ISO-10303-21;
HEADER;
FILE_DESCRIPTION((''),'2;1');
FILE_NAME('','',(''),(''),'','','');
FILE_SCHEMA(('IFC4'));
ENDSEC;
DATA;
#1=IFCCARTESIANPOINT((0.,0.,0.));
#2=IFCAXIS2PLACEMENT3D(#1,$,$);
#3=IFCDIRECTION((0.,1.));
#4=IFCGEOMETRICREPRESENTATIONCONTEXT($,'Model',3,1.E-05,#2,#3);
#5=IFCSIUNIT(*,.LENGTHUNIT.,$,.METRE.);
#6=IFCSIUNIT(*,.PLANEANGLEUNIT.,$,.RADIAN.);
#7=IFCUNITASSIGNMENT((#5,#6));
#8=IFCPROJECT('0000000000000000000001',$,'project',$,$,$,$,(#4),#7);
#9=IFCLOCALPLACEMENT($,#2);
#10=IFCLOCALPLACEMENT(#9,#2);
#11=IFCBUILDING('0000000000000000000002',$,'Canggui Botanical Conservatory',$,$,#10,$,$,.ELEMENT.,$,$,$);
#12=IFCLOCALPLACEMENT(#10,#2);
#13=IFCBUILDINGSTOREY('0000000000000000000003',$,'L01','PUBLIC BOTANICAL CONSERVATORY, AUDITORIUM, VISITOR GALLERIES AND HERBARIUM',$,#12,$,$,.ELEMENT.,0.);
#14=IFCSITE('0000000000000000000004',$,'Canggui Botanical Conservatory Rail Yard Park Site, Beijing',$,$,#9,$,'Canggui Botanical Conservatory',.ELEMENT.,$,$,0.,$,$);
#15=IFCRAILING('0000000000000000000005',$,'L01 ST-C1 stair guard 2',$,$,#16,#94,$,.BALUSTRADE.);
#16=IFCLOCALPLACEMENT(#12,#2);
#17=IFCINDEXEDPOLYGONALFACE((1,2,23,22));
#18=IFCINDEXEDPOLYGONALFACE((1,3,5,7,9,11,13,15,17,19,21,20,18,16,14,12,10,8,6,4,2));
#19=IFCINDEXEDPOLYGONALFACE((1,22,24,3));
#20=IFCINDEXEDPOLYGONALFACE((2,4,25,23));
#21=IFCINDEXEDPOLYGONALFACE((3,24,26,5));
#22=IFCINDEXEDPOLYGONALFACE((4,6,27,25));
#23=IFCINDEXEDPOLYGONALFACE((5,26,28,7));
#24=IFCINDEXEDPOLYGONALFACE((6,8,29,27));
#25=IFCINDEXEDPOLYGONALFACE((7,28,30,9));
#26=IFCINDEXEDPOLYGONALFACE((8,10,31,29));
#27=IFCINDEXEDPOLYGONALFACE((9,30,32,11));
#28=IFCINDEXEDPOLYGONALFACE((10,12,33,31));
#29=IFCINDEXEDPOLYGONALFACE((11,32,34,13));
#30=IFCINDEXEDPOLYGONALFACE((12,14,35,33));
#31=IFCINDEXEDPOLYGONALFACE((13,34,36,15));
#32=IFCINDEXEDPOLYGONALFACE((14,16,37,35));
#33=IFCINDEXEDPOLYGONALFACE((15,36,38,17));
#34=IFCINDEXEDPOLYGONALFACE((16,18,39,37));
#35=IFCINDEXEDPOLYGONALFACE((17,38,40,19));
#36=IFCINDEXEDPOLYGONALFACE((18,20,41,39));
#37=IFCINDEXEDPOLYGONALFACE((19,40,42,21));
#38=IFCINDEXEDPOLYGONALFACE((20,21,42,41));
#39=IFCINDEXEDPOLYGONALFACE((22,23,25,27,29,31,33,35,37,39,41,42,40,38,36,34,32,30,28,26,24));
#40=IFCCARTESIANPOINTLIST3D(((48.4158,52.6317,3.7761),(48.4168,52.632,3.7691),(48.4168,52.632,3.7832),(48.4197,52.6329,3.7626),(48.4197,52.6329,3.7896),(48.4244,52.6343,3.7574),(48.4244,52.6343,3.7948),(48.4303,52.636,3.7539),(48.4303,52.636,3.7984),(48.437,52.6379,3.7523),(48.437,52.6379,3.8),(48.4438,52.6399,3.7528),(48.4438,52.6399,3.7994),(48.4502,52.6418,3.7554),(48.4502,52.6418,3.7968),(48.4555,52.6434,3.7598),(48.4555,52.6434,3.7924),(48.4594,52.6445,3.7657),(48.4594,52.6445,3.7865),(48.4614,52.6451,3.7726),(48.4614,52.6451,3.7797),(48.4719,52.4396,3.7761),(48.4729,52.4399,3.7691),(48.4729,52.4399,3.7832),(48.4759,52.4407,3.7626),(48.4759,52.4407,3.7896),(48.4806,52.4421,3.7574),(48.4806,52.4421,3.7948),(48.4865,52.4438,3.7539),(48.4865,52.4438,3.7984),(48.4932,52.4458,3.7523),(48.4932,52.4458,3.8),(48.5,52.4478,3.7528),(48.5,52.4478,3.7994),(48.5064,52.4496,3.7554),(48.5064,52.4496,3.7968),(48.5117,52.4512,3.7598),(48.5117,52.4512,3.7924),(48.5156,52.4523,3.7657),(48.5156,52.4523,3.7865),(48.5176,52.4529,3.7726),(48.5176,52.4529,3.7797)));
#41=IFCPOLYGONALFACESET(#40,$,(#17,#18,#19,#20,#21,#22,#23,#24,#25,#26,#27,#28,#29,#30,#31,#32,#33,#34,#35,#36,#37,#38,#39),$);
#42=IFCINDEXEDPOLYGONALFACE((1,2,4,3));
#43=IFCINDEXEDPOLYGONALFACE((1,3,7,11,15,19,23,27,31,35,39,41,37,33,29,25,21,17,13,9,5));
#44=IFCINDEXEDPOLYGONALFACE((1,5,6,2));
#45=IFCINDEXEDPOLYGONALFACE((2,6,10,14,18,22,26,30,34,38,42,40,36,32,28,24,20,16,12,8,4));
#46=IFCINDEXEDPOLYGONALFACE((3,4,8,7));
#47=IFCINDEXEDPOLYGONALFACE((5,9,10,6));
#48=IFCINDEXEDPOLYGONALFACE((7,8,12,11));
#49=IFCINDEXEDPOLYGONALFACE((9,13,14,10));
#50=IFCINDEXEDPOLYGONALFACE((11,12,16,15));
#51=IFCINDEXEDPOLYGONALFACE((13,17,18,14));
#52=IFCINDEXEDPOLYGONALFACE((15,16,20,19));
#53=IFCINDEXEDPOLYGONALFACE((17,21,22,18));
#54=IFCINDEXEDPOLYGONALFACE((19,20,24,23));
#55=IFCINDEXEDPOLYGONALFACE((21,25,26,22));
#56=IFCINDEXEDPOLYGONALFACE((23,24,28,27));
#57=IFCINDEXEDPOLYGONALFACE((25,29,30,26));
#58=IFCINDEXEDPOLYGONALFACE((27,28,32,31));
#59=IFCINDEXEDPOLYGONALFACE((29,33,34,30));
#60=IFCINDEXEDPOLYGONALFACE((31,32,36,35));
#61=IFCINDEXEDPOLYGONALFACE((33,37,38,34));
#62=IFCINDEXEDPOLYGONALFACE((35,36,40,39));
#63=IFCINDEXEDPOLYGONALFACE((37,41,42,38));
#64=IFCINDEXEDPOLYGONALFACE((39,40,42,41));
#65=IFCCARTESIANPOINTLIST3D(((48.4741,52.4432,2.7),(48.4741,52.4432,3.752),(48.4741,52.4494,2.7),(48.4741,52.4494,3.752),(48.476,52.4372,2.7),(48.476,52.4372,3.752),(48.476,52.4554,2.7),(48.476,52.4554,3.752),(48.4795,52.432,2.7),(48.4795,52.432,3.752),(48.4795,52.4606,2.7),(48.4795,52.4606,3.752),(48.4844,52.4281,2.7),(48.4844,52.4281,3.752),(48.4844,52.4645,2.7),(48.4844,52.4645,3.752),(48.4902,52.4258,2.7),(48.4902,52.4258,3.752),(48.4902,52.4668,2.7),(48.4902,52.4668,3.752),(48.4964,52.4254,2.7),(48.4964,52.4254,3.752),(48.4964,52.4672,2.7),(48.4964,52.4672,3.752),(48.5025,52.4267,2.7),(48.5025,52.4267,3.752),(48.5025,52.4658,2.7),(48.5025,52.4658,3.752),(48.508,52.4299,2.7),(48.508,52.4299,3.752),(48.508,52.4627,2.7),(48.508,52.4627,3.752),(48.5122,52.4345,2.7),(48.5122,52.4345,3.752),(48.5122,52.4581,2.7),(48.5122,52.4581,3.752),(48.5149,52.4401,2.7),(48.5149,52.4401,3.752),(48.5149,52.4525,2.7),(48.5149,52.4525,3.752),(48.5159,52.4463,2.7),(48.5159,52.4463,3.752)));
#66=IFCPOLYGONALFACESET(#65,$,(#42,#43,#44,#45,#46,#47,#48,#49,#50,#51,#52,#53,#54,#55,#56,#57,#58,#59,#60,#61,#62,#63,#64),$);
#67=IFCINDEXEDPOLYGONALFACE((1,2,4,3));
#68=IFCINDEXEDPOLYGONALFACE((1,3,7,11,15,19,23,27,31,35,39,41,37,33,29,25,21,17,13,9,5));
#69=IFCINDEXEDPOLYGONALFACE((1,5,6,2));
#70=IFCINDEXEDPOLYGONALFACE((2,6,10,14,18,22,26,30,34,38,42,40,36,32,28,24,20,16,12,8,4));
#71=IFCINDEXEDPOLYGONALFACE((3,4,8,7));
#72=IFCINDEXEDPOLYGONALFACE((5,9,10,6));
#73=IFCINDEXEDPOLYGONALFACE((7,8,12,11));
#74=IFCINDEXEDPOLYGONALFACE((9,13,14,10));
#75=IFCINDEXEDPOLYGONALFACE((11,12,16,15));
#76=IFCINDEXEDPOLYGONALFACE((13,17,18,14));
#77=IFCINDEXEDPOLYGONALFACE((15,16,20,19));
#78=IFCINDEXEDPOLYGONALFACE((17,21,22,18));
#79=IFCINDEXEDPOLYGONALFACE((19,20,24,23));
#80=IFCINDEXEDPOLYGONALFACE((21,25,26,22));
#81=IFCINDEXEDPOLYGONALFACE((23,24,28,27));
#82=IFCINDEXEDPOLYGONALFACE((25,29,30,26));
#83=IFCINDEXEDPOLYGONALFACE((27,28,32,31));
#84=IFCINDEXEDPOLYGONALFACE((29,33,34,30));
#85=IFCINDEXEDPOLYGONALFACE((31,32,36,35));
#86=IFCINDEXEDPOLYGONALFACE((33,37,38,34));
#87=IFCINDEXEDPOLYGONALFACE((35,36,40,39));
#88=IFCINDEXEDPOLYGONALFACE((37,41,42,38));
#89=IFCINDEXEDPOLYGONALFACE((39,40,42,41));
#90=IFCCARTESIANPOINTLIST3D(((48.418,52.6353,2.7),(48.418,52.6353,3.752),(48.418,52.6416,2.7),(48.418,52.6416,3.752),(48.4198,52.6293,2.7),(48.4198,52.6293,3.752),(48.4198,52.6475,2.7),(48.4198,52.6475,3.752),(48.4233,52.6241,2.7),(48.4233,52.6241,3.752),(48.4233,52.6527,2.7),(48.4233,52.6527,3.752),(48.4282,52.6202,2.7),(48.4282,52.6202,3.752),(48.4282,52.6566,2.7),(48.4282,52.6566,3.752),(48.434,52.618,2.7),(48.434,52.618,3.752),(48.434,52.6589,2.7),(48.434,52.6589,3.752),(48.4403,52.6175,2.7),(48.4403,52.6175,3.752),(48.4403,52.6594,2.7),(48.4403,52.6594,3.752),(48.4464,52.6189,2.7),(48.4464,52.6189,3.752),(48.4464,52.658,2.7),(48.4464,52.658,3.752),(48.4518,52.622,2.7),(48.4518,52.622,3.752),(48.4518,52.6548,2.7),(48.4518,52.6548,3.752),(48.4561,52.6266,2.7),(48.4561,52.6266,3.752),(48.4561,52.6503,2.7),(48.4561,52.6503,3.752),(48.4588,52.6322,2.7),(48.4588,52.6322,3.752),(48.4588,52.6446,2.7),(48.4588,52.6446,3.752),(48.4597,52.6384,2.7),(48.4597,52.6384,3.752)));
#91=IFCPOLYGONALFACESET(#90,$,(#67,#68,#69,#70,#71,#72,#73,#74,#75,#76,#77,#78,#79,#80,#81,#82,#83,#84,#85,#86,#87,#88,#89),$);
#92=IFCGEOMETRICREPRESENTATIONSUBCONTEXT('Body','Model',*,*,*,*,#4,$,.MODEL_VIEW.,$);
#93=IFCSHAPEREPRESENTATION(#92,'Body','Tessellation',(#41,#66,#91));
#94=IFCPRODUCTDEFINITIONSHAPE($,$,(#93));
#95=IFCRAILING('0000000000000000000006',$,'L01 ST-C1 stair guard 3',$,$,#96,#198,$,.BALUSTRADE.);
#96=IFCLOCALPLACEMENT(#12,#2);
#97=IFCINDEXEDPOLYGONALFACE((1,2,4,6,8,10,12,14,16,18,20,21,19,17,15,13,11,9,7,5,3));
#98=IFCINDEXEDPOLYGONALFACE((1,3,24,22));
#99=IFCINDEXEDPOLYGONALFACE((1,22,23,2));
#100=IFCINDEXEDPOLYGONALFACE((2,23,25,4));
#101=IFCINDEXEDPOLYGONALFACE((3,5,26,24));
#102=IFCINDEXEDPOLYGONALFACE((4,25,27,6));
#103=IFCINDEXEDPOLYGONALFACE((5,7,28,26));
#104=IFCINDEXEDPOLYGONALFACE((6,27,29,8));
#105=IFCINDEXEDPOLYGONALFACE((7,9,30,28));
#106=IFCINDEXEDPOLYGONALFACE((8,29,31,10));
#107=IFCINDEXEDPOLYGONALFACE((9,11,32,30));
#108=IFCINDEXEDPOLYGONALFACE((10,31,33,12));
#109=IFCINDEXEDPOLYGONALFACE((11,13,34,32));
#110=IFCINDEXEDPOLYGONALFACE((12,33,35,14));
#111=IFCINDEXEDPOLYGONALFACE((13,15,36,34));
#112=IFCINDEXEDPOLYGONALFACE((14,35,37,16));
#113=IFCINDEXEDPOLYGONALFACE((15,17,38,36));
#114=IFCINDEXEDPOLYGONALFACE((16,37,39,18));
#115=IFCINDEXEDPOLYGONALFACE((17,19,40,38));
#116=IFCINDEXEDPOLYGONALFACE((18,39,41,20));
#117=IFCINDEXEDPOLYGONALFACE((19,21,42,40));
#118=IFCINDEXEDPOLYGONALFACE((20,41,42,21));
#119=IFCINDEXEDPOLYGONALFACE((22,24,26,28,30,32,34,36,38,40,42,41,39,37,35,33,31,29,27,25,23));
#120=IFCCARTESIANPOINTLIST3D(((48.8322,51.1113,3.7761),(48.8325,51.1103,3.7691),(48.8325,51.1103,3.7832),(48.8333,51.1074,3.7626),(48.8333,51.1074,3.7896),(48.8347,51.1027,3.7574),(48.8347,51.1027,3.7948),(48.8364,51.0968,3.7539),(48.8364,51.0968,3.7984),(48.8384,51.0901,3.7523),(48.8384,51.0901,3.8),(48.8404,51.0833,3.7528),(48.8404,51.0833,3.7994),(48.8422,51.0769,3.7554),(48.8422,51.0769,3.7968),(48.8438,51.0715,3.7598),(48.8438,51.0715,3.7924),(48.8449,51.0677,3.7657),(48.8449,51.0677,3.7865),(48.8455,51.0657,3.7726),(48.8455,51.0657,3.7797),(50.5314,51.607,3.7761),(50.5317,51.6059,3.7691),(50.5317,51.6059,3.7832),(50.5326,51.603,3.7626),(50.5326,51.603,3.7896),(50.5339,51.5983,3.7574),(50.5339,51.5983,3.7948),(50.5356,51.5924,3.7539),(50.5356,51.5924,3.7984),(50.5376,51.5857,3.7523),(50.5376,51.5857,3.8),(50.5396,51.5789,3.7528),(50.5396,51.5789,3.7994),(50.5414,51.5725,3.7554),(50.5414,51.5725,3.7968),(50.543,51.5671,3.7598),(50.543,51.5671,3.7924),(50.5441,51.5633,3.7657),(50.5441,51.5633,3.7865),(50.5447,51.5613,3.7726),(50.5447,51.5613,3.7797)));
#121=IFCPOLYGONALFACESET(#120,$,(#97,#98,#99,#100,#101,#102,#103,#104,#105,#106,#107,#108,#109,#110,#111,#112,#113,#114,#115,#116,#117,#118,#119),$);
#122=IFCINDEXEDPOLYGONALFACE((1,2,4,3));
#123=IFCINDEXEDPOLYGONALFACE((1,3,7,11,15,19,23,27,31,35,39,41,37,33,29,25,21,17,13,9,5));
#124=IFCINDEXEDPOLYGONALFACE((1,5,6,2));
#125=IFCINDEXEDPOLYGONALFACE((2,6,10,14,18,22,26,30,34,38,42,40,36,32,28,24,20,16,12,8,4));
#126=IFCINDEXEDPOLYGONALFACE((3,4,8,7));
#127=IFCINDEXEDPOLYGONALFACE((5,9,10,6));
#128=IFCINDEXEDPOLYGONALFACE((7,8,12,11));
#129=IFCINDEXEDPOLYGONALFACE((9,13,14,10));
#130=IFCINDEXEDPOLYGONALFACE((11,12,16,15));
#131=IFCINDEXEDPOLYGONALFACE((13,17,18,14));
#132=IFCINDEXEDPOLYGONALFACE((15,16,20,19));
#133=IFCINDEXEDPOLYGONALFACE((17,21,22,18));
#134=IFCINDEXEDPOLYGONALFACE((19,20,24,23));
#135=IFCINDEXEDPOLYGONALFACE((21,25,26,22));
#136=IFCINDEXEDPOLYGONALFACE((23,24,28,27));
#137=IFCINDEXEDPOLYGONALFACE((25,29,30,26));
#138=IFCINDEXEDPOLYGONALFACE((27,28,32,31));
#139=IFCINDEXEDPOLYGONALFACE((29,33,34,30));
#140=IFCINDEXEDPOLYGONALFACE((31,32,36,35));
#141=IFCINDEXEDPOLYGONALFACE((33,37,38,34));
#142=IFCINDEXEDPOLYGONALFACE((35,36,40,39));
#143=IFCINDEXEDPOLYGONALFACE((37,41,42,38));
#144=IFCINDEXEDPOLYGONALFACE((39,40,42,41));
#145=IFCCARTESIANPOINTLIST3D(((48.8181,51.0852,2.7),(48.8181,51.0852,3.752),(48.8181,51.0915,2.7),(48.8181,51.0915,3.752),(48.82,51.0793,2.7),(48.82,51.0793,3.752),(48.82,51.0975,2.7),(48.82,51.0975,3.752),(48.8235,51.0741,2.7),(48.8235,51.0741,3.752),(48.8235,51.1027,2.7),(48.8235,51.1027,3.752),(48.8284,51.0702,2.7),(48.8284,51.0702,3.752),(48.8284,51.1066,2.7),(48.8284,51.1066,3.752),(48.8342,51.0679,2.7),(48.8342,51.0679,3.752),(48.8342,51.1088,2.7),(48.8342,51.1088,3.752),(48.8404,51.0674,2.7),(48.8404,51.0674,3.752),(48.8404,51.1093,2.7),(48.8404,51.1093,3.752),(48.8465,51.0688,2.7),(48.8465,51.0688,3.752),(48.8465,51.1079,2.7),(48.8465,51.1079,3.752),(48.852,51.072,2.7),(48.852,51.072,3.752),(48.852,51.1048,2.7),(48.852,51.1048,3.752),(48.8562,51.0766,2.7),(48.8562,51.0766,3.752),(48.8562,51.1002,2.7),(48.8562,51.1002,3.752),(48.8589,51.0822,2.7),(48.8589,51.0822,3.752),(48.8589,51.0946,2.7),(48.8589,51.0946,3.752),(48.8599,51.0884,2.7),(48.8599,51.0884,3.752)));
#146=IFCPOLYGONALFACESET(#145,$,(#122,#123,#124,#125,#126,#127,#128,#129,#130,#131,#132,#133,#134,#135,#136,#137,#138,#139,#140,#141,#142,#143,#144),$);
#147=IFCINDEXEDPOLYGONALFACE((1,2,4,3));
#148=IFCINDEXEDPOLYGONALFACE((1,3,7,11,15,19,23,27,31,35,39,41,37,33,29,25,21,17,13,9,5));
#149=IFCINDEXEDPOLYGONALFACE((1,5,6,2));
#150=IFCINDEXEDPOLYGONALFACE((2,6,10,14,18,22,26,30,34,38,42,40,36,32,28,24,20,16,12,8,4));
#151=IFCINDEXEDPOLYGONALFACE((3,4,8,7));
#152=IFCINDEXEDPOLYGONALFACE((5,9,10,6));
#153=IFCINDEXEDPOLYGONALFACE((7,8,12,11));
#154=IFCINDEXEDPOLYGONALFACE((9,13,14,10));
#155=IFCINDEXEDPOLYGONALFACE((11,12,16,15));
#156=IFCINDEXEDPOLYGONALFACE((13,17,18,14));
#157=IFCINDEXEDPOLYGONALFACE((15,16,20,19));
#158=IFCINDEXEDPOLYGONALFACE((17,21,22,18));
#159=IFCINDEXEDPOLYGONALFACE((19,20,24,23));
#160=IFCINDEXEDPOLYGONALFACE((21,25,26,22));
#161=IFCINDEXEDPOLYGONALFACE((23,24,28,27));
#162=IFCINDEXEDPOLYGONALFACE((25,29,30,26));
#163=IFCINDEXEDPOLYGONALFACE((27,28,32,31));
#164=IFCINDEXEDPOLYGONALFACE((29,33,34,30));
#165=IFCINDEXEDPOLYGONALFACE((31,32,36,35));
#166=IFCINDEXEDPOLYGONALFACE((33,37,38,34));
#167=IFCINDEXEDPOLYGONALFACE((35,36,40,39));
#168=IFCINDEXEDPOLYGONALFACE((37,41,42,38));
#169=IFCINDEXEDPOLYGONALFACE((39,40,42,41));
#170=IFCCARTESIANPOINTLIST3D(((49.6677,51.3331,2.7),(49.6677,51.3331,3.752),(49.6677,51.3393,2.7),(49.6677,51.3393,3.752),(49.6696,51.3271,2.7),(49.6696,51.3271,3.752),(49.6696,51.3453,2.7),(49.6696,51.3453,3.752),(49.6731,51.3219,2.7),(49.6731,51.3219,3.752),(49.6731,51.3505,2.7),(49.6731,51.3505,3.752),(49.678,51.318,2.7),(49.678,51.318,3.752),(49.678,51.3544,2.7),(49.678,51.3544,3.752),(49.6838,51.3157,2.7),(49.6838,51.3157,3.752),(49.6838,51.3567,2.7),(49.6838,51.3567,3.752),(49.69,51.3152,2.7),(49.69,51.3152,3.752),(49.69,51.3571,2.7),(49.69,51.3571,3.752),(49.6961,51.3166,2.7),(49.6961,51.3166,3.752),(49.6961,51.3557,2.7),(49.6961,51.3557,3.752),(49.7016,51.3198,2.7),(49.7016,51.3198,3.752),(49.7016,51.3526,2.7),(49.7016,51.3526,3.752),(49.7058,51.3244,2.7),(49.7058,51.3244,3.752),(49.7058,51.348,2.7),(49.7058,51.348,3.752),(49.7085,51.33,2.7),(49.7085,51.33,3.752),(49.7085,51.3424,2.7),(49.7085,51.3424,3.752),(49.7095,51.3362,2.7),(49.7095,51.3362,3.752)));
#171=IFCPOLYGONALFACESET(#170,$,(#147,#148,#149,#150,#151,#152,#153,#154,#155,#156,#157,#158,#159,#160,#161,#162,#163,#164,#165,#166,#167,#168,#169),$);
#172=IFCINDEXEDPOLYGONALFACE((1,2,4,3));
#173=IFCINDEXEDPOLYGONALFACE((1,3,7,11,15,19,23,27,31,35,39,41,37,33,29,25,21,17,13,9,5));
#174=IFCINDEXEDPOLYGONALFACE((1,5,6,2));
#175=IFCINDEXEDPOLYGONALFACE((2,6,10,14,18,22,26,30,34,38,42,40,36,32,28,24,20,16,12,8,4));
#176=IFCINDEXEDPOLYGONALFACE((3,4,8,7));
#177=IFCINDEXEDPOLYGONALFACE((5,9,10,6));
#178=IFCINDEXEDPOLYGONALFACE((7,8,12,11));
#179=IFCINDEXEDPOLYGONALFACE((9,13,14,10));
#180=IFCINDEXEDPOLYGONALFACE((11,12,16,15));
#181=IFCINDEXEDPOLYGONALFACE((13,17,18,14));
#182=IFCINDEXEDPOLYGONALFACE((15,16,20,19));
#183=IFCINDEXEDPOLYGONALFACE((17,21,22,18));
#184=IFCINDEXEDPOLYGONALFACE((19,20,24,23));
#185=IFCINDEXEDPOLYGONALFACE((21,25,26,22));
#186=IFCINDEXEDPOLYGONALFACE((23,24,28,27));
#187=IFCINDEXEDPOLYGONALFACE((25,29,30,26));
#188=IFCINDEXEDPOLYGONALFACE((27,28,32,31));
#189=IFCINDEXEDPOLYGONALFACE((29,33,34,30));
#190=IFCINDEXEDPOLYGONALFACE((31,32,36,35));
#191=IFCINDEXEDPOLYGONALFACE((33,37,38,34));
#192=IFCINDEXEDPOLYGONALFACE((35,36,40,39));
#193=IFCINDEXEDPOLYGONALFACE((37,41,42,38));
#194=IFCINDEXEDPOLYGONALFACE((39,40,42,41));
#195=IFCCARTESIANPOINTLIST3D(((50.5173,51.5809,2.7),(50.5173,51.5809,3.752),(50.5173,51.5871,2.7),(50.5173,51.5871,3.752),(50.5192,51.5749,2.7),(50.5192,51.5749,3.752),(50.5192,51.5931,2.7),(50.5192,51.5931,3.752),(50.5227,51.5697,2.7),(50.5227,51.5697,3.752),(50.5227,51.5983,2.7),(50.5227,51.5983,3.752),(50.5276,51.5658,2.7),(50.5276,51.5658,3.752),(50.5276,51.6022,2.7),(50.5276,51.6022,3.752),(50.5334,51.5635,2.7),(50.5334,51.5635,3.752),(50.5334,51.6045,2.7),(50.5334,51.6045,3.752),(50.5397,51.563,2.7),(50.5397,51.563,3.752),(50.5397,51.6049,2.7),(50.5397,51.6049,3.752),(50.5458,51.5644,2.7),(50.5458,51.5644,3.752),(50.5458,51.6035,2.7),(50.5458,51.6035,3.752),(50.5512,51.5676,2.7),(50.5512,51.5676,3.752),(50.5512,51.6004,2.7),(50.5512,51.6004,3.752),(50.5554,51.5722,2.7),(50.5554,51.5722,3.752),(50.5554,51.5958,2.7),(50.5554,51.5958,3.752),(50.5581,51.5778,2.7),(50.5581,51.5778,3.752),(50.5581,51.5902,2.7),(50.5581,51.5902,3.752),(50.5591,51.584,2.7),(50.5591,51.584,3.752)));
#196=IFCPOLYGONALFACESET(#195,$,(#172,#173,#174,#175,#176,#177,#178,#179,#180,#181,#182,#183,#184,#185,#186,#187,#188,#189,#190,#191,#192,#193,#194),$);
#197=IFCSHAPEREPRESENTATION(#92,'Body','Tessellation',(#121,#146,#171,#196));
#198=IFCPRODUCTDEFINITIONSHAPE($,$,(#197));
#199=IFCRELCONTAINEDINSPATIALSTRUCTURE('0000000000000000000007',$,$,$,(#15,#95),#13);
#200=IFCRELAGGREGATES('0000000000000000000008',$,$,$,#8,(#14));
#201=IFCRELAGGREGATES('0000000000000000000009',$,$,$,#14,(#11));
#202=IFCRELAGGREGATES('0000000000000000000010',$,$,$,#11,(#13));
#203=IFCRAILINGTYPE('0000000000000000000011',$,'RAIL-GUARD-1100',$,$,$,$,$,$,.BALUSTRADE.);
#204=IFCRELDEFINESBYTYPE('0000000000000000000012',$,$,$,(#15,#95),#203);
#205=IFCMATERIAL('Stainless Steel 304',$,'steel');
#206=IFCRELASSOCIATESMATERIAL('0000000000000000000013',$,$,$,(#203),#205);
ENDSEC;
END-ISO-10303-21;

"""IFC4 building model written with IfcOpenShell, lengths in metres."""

from ifc_helpers import new_model, si_unit, direction, frame, origin, origin_2d, place, context, subcontext, project, spatial, circle, extrude, material, type_object, element, save


model = new_model("IFC4")

# Units and contexts
model_context = context("Model", 3, precision=1e-05, world=origin(), true_north=direction((0.0, 1.0)))
body_context = subcontext(model_context, "Body", "Model", "MODEL_VIEW")
ifc_project = project(units=[si_unit("LENGTHUNIT", "METRE"), si_unit("PLANEANGLEUNIT", "RADIAN")], contexts=[model_context])

# Site, building, storey
site_placement = place(None, origin())
site = spatial("IfcSite", under=ifc_project, at=site_placement, Name="Canggui Botanical Conservatory Rail Yard Park Site, Beijing", LongName="Canggui Botanical Conservatory", CompositionType="ELEMENT", RefElevation=0.0)
building_placement = place(site_placement, origin())
building = spatial("IfcBuilding", under=site, at=building_placement, Name="Canggui Botanical Conservatory", CompositionType="ELEMENT")
storey_placement = place(building_placement, origin())
storey = spatial("IfcBuildingStorey", under=building, at=storey_placement, Name="L01", Description="PUBLIC BOTANICAL CONSERVATORY, AUDITORIUM, VISITOR GALLERIES AND HERBARIUM", CompositionType="ELEMENT", Elevation=0.0)

# Railings
ifc_material_1 = material(Name="Stainless Steel 304", Category="steel")
railing_type_1 = type_object("IfcRailingType", Name="RAIL-GUARD-1100", PredefinedType="BALUSTRADE", material=ifc_material_1)
railing_1_placement = place(storey_placement, frame((48.4949, 52.4463, 2.7)))
element("IfcRailing", 1, at=railing_1_placement, inside=storey, type_object=railing_type_1, Name="L01 ST-C1 stair guard 2", PredefinedType="BALUSTRADE", context=body_context, shape_type="SweptSolid", body=[
    extrude(circle(Radius=0.0239, at=origin_2d()), frame((0.0, 0.0, 1.0762), z_axis=(-0.280515, 0.95985, 0.0), x_axis=(-0.95985, -0.280515, 0.0)), (0.0, 0.0, 1.0), 0.2002),
    extrude(circle(Radius=0.021, at=origin_2d()), origin(), (0.0, 0.0, 1.0), 1.052),
    extrude(circle(Radius=0.021, at=origin_2d()), frame((-0.0562, 0.1921, 0.0)), (0.0, 0.0, 1.0), 1.052),
])
for number, where, name in (
    (2, (48.8389, 51.0884, 2.7), "L01 ST-C1 stair guard 3"),
):
    element("IfcRailing", number, at=place(storey_placement, frame(where)), inside=storey, type_object=railing_type_1, Name=name, PredefinedType="BALUSTRADE", context=body_context, shape_type="SweptSolid", body=[
        extrude(circle(Radius=0.0239, at=origin_2d()), frame((0.0, 0.0, 1.0762), z_axis=(0.96, 0.28, 0.0), x_axis=(-0.28, 0.96, 0.0)), (0.0, 0.0, 1.0), 1.77),
        extrude(circle(Radius=0.021, at=origin_2d()), origin(), (0.0, 0.0, 1.0), 1.052),
        extrude(circle(Radius=0.021, at=origin_2d()), frame((0.8496, 0.2478, 0.0)), (0.0, 0.0, 1.0), 1.052),
        extrude(circle(Radius=0.021, at=origin_2d()), frame((1.6992, 0.4956, 0.0)), (0.0, 0.0, 1.0), 1.052),
    ])

save(model, "model.ifc")
